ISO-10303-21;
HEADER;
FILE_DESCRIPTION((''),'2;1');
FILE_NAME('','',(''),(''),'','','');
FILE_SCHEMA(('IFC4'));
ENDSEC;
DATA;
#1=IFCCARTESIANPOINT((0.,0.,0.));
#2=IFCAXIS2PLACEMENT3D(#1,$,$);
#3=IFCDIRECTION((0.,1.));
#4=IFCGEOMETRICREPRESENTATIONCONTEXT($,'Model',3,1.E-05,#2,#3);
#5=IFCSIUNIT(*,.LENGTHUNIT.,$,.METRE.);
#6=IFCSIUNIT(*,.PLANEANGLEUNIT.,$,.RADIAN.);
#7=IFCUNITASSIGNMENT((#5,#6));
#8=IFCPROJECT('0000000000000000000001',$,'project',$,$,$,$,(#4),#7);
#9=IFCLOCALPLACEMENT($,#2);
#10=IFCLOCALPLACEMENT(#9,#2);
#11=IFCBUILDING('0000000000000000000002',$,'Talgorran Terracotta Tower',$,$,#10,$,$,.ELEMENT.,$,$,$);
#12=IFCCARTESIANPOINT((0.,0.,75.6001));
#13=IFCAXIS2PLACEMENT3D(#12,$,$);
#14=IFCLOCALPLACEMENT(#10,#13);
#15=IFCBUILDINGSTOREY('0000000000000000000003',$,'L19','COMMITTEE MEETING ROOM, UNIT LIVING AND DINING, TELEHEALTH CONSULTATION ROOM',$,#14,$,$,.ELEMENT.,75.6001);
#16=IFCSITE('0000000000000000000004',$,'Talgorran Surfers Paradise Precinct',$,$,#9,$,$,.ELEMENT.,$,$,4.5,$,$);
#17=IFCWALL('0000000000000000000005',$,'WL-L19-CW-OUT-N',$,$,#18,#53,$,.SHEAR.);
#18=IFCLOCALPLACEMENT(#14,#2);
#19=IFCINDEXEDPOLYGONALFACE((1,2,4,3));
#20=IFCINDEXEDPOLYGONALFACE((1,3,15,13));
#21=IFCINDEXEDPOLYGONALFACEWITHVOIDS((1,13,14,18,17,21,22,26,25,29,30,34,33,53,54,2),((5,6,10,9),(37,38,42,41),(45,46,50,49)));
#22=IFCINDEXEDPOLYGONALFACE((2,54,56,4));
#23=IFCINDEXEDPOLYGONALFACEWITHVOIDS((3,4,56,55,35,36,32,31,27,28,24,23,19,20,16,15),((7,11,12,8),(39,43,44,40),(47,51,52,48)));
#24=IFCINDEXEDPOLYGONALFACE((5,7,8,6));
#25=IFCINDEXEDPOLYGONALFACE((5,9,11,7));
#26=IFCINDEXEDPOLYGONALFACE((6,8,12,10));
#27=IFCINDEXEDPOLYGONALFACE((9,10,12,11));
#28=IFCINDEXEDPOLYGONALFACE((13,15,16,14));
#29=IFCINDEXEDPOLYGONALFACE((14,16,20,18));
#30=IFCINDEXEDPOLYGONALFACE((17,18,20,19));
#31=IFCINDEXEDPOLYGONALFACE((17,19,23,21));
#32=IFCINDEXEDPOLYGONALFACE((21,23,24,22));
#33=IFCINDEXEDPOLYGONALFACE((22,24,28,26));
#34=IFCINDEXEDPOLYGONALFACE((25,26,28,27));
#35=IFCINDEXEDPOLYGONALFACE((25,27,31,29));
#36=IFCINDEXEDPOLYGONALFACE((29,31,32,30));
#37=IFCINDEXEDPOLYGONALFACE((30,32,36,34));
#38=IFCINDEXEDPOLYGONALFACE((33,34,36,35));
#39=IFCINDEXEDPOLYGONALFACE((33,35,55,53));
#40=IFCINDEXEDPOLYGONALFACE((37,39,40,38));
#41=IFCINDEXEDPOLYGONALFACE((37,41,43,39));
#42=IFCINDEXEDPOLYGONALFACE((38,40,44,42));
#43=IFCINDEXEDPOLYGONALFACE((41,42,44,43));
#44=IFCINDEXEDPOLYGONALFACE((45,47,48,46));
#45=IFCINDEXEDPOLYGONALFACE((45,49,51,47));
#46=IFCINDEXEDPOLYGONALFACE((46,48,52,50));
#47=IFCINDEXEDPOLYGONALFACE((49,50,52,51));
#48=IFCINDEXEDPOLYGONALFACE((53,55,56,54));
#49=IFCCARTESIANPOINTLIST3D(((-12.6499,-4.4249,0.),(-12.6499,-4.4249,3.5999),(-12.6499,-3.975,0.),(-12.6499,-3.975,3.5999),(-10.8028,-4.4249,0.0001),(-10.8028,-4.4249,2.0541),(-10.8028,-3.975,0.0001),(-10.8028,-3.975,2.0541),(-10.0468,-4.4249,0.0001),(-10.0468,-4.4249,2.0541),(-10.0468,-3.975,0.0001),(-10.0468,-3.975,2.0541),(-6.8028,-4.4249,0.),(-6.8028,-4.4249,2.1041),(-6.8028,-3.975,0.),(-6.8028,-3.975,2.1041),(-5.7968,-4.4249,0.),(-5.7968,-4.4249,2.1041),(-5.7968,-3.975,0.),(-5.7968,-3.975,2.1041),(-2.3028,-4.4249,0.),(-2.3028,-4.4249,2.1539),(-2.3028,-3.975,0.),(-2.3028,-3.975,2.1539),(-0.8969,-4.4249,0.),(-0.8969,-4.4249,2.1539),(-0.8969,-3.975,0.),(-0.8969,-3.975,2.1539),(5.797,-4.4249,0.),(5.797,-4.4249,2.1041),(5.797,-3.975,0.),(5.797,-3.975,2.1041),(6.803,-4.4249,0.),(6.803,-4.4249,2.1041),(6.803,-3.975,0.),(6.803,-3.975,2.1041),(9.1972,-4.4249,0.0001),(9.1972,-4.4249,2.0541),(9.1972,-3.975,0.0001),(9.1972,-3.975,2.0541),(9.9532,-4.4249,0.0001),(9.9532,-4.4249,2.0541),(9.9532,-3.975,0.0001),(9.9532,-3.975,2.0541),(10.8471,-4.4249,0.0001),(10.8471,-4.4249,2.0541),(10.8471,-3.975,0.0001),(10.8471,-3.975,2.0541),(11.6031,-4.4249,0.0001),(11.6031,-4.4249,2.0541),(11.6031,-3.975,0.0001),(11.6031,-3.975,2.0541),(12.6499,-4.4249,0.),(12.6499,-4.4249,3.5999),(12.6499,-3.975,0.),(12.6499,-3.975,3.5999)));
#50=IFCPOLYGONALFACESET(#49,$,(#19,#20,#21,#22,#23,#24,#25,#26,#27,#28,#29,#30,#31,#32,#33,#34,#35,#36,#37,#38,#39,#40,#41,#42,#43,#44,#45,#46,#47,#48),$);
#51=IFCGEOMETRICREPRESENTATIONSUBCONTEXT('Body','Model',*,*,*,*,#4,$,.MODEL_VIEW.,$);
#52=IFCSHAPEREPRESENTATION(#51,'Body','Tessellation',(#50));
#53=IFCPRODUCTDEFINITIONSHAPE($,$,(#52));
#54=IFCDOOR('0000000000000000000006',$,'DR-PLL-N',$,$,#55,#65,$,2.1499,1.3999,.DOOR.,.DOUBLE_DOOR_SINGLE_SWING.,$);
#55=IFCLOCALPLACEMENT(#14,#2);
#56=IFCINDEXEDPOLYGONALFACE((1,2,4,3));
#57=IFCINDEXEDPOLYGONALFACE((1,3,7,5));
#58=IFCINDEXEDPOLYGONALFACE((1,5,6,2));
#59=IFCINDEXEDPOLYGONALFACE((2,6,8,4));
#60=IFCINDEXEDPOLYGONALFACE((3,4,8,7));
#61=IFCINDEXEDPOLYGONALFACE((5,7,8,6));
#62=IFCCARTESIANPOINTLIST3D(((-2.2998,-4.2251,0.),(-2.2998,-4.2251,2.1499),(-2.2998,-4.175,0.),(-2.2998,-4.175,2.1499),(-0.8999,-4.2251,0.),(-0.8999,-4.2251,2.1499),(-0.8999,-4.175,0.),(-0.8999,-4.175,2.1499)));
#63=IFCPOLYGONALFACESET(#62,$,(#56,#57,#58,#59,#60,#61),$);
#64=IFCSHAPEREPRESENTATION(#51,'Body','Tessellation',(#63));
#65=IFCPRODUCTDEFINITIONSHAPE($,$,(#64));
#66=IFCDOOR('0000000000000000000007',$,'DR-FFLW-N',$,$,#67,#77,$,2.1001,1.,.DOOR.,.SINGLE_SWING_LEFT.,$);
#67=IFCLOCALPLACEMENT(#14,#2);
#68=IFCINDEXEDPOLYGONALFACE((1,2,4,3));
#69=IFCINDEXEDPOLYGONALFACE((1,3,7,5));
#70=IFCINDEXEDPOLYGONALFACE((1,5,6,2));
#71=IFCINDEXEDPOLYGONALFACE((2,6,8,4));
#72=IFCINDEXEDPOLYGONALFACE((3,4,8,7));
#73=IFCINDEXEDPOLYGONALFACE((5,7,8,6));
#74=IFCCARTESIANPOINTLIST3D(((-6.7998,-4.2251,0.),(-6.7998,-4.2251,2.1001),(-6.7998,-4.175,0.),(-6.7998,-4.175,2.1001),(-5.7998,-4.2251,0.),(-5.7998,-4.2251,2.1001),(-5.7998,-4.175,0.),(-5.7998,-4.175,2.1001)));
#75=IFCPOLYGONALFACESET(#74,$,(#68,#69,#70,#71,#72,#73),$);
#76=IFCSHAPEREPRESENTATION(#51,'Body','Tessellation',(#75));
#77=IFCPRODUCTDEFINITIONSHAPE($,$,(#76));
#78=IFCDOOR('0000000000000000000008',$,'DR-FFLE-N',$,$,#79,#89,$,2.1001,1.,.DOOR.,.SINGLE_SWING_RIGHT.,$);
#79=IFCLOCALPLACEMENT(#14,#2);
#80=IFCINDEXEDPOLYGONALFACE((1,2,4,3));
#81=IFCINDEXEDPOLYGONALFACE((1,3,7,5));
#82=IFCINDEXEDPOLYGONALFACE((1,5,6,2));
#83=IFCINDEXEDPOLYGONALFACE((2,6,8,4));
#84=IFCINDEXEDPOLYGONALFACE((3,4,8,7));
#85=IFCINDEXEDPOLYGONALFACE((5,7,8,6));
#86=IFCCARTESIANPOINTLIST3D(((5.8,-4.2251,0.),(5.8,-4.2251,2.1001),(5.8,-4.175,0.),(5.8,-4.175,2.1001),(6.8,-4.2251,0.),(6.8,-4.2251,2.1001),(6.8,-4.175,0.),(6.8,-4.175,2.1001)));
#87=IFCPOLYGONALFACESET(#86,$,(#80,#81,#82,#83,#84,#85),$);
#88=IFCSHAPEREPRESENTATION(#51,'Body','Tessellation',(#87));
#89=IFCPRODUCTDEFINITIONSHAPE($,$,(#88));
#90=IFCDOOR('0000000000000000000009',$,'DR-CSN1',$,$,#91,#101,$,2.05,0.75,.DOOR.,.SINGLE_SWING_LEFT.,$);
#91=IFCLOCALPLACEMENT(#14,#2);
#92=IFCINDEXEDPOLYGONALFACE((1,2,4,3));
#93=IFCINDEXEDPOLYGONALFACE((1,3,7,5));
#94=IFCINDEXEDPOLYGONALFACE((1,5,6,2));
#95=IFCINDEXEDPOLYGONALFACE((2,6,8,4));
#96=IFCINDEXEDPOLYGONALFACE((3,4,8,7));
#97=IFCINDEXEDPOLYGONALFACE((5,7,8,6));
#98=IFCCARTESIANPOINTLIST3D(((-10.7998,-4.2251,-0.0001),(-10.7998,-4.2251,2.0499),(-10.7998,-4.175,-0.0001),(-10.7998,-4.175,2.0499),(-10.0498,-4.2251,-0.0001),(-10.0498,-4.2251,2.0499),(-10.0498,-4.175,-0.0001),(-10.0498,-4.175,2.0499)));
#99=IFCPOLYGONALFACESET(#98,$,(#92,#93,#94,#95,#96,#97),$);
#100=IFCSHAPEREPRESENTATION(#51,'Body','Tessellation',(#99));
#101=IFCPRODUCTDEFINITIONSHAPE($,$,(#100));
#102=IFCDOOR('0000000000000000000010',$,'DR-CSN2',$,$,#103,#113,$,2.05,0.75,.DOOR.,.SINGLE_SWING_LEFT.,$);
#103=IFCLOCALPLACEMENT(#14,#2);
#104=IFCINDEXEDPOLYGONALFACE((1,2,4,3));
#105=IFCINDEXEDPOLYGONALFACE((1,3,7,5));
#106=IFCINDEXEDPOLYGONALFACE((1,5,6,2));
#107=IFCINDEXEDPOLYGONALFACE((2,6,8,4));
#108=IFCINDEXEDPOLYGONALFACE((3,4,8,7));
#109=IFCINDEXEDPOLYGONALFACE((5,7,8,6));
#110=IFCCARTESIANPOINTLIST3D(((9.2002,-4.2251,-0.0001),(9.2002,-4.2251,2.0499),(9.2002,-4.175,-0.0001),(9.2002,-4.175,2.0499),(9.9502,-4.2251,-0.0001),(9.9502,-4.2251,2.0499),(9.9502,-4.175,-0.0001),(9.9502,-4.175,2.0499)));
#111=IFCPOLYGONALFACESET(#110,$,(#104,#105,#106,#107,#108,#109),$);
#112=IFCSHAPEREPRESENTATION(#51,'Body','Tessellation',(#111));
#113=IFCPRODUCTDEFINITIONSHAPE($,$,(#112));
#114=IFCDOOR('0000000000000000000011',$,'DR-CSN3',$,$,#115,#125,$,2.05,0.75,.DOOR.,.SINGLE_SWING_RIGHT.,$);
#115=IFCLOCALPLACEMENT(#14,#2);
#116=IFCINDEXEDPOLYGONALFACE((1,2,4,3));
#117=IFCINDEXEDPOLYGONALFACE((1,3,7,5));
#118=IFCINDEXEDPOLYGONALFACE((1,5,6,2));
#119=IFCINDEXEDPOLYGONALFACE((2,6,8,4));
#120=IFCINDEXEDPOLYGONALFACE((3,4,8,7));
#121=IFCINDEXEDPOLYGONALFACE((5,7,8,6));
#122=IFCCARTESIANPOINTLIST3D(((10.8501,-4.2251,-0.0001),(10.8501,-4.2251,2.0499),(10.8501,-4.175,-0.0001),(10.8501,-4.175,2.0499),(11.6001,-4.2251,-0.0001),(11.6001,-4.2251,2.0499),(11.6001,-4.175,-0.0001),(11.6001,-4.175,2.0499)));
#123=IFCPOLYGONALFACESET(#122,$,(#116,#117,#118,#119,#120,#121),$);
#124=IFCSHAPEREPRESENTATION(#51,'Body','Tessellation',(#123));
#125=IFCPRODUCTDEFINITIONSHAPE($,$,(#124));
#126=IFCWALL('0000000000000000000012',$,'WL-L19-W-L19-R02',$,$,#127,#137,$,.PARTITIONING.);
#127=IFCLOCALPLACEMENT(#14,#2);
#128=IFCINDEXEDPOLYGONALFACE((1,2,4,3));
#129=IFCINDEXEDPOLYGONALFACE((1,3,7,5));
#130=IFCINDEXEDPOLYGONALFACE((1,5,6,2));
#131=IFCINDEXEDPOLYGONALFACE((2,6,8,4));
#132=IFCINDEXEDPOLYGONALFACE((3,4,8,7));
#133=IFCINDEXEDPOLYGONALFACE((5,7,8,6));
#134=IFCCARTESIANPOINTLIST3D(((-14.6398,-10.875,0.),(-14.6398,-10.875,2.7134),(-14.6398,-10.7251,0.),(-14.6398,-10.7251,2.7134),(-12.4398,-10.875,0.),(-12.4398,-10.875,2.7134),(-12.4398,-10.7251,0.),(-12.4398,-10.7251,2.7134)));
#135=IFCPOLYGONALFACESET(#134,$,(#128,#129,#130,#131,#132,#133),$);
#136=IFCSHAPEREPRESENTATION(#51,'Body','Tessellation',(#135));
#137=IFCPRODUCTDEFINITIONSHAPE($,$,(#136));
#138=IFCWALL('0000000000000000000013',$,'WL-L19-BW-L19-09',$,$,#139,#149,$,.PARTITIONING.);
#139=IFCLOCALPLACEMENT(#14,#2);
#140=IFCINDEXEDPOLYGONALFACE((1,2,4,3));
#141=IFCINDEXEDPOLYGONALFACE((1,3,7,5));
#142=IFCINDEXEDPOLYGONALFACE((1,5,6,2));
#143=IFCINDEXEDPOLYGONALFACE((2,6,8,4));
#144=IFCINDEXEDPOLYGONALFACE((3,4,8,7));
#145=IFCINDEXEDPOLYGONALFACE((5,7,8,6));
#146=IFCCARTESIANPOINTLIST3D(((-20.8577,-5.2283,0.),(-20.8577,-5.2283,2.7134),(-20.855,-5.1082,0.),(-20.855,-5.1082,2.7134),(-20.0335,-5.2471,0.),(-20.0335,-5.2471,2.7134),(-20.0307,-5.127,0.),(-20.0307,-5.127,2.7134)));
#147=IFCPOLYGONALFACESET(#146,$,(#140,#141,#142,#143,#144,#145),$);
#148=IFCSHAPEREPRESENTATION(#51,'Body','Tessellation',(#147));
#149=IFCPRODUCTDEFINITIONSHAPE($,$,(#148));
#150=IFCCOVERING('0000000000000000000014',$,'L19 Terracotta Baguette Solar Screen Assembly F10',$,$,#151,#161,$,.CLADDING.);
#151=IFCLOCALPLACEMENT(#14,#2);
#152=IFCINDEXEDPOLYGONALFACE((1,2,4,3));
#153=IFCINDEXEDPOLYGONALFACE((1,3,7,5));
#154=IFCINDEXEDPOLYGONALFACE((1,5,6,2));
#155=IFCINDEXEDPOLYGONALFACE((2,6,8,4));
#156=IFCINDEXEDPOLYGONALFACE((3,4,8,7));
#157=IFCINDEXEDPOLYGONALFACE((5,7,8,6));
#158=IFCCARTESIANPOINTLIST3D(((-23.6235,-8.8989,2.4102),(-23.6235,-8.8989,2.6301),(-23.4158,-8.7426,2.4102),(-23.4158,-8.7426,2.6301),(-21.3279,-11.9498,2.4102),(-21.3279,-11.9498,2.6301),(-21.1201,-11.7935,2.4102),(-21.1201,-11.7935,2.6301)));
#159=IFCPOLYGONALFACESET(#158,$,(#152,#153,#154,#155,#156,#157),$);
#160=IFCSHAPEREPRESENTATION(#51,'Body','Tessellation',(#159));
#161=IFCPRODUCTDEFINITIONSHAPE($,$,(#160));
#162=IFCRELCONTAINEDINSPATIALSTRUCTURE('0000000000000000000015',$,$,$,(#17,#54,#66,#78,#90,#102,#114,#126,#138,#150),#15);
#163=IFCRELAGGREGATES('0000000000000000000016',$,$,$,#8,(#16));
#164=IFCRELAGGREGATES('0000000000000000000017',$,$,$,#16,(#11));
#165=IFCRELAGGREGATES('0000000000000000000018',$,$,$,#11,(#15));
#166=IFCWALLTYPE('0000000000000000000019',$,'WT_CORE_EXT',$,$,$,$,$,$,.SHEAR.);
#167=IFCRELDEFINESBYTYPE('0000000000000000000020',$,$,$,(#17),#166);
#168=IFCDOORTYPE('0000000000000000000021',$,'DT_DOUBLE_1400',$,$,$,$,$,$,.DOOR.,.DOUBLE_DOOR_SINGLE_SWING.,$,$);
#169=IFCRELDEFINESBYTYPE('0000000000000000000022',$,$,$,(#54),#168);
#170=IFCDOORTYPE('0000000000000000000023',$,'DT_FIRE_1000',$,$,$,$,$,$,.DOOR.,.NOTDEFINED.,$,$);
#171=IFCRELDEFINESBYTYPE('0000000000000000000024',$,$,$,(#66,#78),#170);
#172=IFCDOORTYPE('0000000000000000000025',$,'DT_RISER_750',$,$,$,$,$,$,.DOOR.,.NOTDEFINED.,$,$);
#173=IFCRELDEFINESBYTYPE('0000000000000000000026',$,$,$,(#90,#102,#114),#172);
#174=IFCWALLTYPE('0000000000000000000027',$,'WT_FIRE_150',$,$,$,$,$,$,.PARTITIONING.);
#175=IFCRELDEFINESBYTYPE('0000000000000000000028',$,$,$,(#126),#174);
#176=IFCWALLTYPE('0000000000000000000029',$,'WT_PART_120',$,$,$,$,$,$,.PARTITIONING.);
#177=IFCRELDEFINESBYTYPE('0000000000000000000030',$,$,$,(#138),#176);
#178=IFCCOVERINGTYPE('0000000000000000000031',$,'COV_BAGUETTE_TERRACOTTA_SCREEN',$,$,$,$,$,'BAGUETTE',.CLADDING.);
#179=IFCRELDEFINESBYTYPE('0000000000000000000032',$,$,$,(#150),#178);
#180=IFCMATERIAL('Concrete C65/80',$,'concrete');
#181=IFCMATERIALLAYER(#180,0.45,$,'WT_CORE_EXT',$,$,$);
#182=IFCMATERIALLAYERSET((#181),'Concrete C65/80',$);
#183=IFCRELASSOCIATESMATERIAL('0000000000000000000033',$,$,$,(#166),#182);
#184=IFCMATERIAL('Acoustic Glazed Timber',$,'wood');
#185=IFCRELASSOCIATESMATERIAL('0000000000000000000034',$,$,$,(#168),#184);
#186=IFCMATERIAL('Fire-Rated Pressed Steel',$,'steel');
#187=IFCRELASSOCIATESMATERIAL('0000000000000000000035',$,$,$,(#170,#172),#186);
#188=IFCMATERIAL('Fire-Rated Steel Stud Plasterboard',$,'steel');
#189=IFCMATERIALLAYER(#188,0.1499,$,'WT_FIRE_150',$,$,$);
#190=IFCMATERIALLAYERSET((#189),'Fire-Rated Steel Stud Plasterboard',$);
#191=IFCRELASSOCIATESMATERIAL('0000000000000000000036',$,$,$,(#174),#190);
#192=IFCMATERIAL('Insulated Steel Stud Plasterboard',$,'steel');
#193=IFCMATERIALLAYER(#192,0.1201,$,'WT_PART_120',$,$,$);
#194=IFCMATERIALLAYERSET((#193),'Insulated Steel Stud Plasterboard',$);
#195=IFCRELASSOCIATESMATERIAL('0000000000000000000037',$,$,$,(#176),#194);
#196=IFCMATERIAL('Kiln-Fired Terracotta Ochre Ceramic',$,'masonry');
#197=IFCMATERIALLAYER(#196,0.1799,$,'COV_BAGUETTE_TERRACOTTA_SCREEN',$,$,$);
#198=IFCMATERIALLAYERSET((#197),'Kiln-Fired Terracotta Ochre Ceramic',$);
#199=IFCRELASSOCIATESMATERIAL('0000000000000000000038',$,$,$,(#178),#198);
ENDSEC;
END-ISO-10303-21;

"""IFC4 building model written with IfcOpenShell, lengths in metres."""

from ifc_helpers import new_model, si_unit, direction, frame, frame_2d, origin, origin_2d, place, context, subcontext, project, spatial, rectangle, extrude, material, layer, layer_set, type_object, element, fill, save


model = new_model("IFC4")

# Units and contexts
model_context = context("Model", 3, precision=1e-05, world=origin(), true_north=direction((0.0, 1.0)))
body_context = subcontext(model_context, "Body", "Model", "MODEL_VIEW")
ifc_project = project(units=[si_unit("LENGTHUNIT", "METRE"), si_unit("PLANEANGLEUNIT", "RADIAN")], contexts=[model_context])

# Site, building, storey
site_placement = place(None, origin())
site = spatial("IfcSite", under=ifc_project, at=site_placement, Name="Talgorran Surfers Paradise Precinct", CompositionType="ELEMENT", RefElevation=4.5)
building_placement = place(site_placement, origin())
building = spatial("IfcBuilding", under=site, at=building_placement, Name="Talgorran Terracotta Tower", CompositionType="ELEMENT")
storey_placement = place(building_placement, frame((0.0, 0.0, 75.6001)))
storey = spatial("IfcBuildingStorey", under=building, at=storey_placement, Name="L19", Description="COMMITTEE MEETING ROOM, UNIT LIVING AND DINING, TELEHEALTH CONSULTATION ROOM", CompositionType="ELEMENT", Elevation=75.6001)

# Wall, openings, doors
ifc_material_1 = material(Name="Concrete C65/80", Category="concrete")
ifc_layer_1 = layer(ifc_material_1, 0.45, Name="WT_CORE_EXT")
ifc_layer_set_1 = layer_set([ifc_layer_1], Name="Concrete C65/80")
wall_type_1 = type_object("IfcWallType", Name="WT_CORE_EXT", PredefinedType="SHEAR", material=ifc_layer_set_1)
wall_1_placement = place(storey_placement, frame((-12.6499, -4.2, 0.0), z_axis=(0.0, 0.0, 1.0), x_axis=(1.0, 0.0, 0.0)))
wall_1 = element("IfcWall", 1, at=wall_1_placement, inside=storey, type_object=wall_type_1, Name="WL-L19-CW-OUT-N", PredefinedType="SHEAR", context=body_context, shape_type="SweptSolid", body=[
    extrude(rectangle(XDim=25.2998, YDim=0.45, at=frame_2d((12.6499, 0.0))), origin(), (0.0, 0.0, 1.0), 3.5999),
])
opening_1_placement = place(wall_1_placement, frame((1.8501, 0.0, 0.0)))
opening_1 = element("IfcOpeningElement", 2, at=opening_1_placement, cuts=wall_1, PredefinedType="OPENING", context=body_context, shape_type="SweptSolid", body=[
    extrude(rectangle(XDim=0.756, YDim=2.054, at=frame_2d((0.375, 1.0271))), frame((0.0, 0.2349, 0.0), z_axis=(0.0, -1.0, 0.0), x_axis=(1.0, 0.0, 0.0)), (0.0, 0.0, 1.0), 0.47),
])
opening_2_placement = place(wall_1_placement, frame((21.8501, 0.0, 0.0)))
opening_2 = element("IfcOpeningElement", 3, at=opening_2_placement, cuts=wall_1, PredefinedType="OPENING", context=body_context, shape_type="SweptSolid", body=[
    extrude(rectangle(XDim=0.756, YDim=2.054, at=frame_2d((0.375, 1.0271))), frame((0.0, 0.2349, 0.0), z_axis=(0.0, -1.0, 0.0), x_axis=(1.0, 0.0, 0.0)), (0.0, 0.0, 1.0), 0.47),
])
opening_3_placement = place(wall_1_placement, frame((23.5, 0.0, 0.0)))
opening_3 = element("IfcOpeningElement", 4, at=opening_3_placement, cuts=wall_1, PredefinedType="OPENING", context=body_context, shape_type="SweptSolid", body=[
    extrude(rectangle(XDim=0.756, YDim=2.054, at=frame_2d((0.375, 1.0271))), frame((0.0, 0.2349, 0.0), z_axis=(0.0, -1.0, 0.0), x_axis=(1.0, 0.0, 0.0)), (0.0, 0.0, 1.0), 0.47),
])
opening_4_placement = place(wall_1_placement, frame((5.8501, 0.0, 0.0)))
opening_4 = element("IfcOpeningElement", 5, at=opening_4_placement, cuts=wall_1, PredefinedType="OPENING", context=body_context, shape_type="SweptSolid", body=[
    extrude(rectangle(XDim=1.006, YDim=2.1041, at=frame_2d((0.5, 1.052))), frame((0.0, 0.2349, 0.0), z_axis=(0.0, -1.0, 0.0), x_axis=(1.0, 0.0, 0.0)), (0.0, 0.0, 1.0), 0.47),
])
opening_5_placement = place(wall_1_placement, frame((10.3501, 0.0, 0.0)))
opening_5 = element("IfcOpeningElement", 6, at=opening_5_placement, cuts=wall_1, PredefinedType="OPENING", context=body_context, shape_type="SweptSolid", body=[
    extrude(rectangle(XDim=1.4059, YDim=2.1539, at=frame_2d((0.7, 1.0769))), frame((0.0, 0.2349, 0.0), z_axis=(0.0, -1.0, 0.0), x_axis=(1.0, 0.0, 0.0)), (0.0, 0.0, 1.0), 0.47),
])
opening_6_placement = place(wall_1_placement, frame((18.45, 0.0, 0.0)))
opening_6 = element("IfcOpeningElement", 7, at=opening_6_placement, cuts=wall_1, PredefinedType="OPENING", context=body_context, shape_type="SweptSolid", body=[
    extrude(rectangle(XDim=1.006, YDim=2.1041, at=frame_2d((0.5, 1.052))), frame((0.0, 0.2349, 0.0), z_axis=(0.0, -1.0, 0.0), x_axis=(1.0, 0.0, 0.0)), (0.0, 0.0, 1.0), 0.47),
])
ifc_material_2 = material(Name="Acoustic Glazed Timber", Category="wood")
door_type_1 = type_object("IfcDoorType", Name="DT_DOUBLE_1400", OperationType="DOUBLE_DOOR_SINGLE_SWING", PredefinedType="DOOR", material=ifc_material_2)
door_1_placement = place(opening_5_placement, origin())
door_1 = element("IfcDoor", 8, at=door_1_placement, inside=storey, type_object=door_type_1, Name="DR-PLL-N", OperationType="DOUBLE_DOOR_SINGLE_SWING", OverallHeight=2.1499, OverallWidth=1.3999, PredefinedType="DOOR", context=body_context, shape_type="SweptSolid", body=[
    extrude(rectangle(XDim=1.3999, YDim=2.1499, at=frame_2d((0.7, 1.075))), frame((0.0, 0.0249, 0.0), z_axis=(0.0, -1.0, 0.0), x_axis=(1.0, 0.0, 0.0)), (0.0, 0.0, 1.0), 0.05),
])
fill(opening_5, door_1)
ifc_material_3 = material(Name="Fire-Rated Pressed Steel", Category="steel")
door_type_2 = type_object("IfcDoorType", Name="DT_FIRE_1000", OperationType="NOTDEFINED", PredefinedType="DOOR", material=ifc_material_3)
door_2_placement = place(opening_4_placement, origin())
door_2 = element("IfcDoor", 9, at=door_2_placement, inside=storey, type_object=door_type_2, Name="DR-FFLW-N", OperationType="SINGLE_SWING_LEFT", OverallHeight=2.1001, OverallWidth=1.0, PredefinedType="DOOR", context=body_context, shape_type="SweptSolid", body=[
    extrude(rectangle(XDim=1.0, YDim=2.1001, at=frame_2d((0.5, 1.05))), frame((0.0, 0.0249, 0.0), z_axis=(0.0, -1.0, 0.0), x_axis=(1.0, 0.0, 0.0)), (0.0, 0.0, 1.0), 0.05),
])
fill(opening_4, door_2)
door_3_placement = place(opening_6_placement, origin())
door_3 = element("IfcDoor", 10, at=door_3_placement, inside=storey, type_object=door_type_2, Name="DR-FFLE-N", OperationType="SINGLE_SWING_RIGHT", OverallHeight=2.1001, OverallWidth=1.0, PredefinedType="DOOR", context=body_context, shape_type="SweptSolid", body=[
    extrude(rectangle(XDim=1.0, YDim=2.1001, at=frame_2d((0.5, 1.05))), frame((0.0, 0.0249, 0.0), z_axis=(0.0, -1.0, 0.0), x_axis=(1.0, 0.0, 0.0)), (0.0, 0.0, 1.0), 0.05),
])
fill(opening_6, door_3)
door_type_3 = type_object("IfcDoorType", Name="DT_RISER_750", OperationType="NOTDEFINED", PredefinedType="DOOR", material=ifc_material_3)
door_4_placement = place(opening_1_placement, origin())
door_4 = element("IfcDoor", 11, at=door_4_placement, inside=storey, type_object=door_type_3, Name="DR-CSN1", OperationType="SINGLE_SWING_LEFT", OverallHeight=2.05, OverallWidth=0.75, PredefinedType="DOOR", context=body_context, shape_type="SweptSolid", body=[
    extrude(rectangle(XDim=0.75, YDim=2.05, at=frame_2d((0.375, 1.0249))), frame((0.0, 0.0249, 0.0), z_axis=(0.0, -1.0, 0.0), x_axis=(1.0, 0.0, 0.0)), (0.0, 0.0, 1.0), 0.05),
])
fill(opening_1, door_4)
door_5_placement = place(opening_2_placement, origin())
door_5 = element("IfcDoor", 12, at=door_5_placement, inside=storey, type_object=door_type_3, Name="DR-CSN2", OperationType="SINGLE_SWING_LEFT", OverallHeight=2.05, OverallWidth=0.75, PredefinedType="DOOR", context=body_context, shape_type="SweptSolid", body=[
    extrude(rectangle(XDim=0.75, YDim=2.05, at=frame_2d((0.375, 1.0249))), frame((0.0, 0.0249, 0.0), z_axis=(0.0, -1.0, 0.0), x_axis=(1.0, 0.0, 0.0)), (0.0, 0.0, 1.0), 0.05),
])
fill(opening_2, door_5)
door_6_placement = place(opening_3_placement, origin())
door_6 = element("IfcDoor", 13, at=door_6_placement, inside=storey, type_object=door_type_3, Name="DR-CSN3", OperationType="SINGLE_SWING_RIGHT", OverallHeight=2.05, OverallWidth=0.75, PredefinedType="DOOR", context=body_context, shape_type="SweptSolid", body=[
    extrude(rectangle(XDim=0.75, YDim=2.05, at=frame_2d((0.375, 1.0249))), frame((0.0, 0.0249, 0.0), z_axis=(0.0, -1.0, 0.0), x_axis=(1.0, 0.0, 0.0)), (0.0, 0.0, 1.0), 0.05),
])
fill(opening_3, door_6)

# Walls
ifc_material_4 = material(Name="Fire-Rated Steel Stud Plasterboard", Category="steel")
ifc_layer_2 = layer(ifc_material_4, 0.1499, Name="WT_FIRE_150")
ifc_layer_set_2 = layer_set([ifc_layer_2], Name="Fire-Rated Steel Stud Plasterboard")
wall_type_2 = type_object("IfcWallType", Name="WT_FIRE_150", PredefinedType="PARTITIONING", material=ifc_layer_set_2)
wall_2_placement = place(storey_placement, frame((-14.6399, -10.8, 0.0), z_axis=(0.0, 0.0, 1.0), x_axis=(1.0, 0.0, 0.0)))
element("IfcWall", 14, at=wall_2_placement, inside=storey, type_object=wall_type_2, Name="WL-L19-W-L19-R02", PredefinedType="PARTITIONING", context=body_context, shape_type="SweptSolid", body=[
    extrude(rectangle(XDim=2.2, YDim=0.1499, at=frame_2d((1.1001, 0.0))), origin(), (0.0, 0.0, 1.0), 2.7134),
])
ifc_material_5 = material(Name="Insulated Steel Stud Plasterboard", Category="steel")
ifc_layer_3 = layer(ifc_material_5, 0.1201, Name="WT_PART_120")
ifc_layer_set_3 = layer_set([ifc_layer_3], Name="Insulated Steel Stud Plasterboard")
wall_type_3 = type_object("IfcWallType", Name="WT_PART_120", PredefinedType="PARTITIONING", material=ifc_layer_set_3)
wall_3_placement = place(storey_placement, frame((-20.0322, -5.187, 0.0), z_axis=(0.0, 0.0, 1.0), x_axis=(-0.99974, 0.022802, 0.0)))
element("IfcWall", 15, at=wall_3_placement, inside=storey, type_object=wall_type_3, Name="WL-L19-BW-L19-09", PredefinedType="PARTITIONING", context=body_context, shape_type="SweptSolid", body=[
    extrude(rectangle(XDim=0.8245, YDim=0.1201, at=frame_2d((0.4121, 0.0))), origin(), (0.0, 0.0, 1.0), 2.7134),
])

# Covering
ifc_material_6 = material(Name="Kiln-Fired Terracotta Ochre Ceramic", Category="masonry")
ifc_layer_4 = layer(ifc_material_6, 0.1799, Name="COV_BAGUETTE_TERRACOTTA_SCREEN")
ifc_layer_set_4 = layer_set([ifc_layer_4], Name="Kiln-Fired Terracotta Ochre Ceramic")
covering_type_1 = type_object("IfcCoveringType", Name="COV_BAGUETTE_TERRACOTTA_SCREEN", ElementType="BAGUETTE", PredefinedType="CLADDING", material=ifc_layer_set_4)
covering_1_placement = place(storey_placement, frame((-22.3718, -10.3462, 2.4102), z_axis=(0.0, 0.0, 1.0), x_axis=(0.601257, -0.799055, 0.0)))
element("IfcCovering", 16, at=covering_1_placement, inside=storey, type_object=covering_type_1, Name="L19 Terracotta Baguette Solar Screen Assembly F10", PredefinedType="CLADDING", context=body_context, shape_type="SweptSolid", body=[
    extrude(rectangle(XDim=3.8181, YDim=0.26, at=origin_2d()), origin(), (0.0, 0.0, 1.0), 0.22),
])

save(model, "model.ifc")
